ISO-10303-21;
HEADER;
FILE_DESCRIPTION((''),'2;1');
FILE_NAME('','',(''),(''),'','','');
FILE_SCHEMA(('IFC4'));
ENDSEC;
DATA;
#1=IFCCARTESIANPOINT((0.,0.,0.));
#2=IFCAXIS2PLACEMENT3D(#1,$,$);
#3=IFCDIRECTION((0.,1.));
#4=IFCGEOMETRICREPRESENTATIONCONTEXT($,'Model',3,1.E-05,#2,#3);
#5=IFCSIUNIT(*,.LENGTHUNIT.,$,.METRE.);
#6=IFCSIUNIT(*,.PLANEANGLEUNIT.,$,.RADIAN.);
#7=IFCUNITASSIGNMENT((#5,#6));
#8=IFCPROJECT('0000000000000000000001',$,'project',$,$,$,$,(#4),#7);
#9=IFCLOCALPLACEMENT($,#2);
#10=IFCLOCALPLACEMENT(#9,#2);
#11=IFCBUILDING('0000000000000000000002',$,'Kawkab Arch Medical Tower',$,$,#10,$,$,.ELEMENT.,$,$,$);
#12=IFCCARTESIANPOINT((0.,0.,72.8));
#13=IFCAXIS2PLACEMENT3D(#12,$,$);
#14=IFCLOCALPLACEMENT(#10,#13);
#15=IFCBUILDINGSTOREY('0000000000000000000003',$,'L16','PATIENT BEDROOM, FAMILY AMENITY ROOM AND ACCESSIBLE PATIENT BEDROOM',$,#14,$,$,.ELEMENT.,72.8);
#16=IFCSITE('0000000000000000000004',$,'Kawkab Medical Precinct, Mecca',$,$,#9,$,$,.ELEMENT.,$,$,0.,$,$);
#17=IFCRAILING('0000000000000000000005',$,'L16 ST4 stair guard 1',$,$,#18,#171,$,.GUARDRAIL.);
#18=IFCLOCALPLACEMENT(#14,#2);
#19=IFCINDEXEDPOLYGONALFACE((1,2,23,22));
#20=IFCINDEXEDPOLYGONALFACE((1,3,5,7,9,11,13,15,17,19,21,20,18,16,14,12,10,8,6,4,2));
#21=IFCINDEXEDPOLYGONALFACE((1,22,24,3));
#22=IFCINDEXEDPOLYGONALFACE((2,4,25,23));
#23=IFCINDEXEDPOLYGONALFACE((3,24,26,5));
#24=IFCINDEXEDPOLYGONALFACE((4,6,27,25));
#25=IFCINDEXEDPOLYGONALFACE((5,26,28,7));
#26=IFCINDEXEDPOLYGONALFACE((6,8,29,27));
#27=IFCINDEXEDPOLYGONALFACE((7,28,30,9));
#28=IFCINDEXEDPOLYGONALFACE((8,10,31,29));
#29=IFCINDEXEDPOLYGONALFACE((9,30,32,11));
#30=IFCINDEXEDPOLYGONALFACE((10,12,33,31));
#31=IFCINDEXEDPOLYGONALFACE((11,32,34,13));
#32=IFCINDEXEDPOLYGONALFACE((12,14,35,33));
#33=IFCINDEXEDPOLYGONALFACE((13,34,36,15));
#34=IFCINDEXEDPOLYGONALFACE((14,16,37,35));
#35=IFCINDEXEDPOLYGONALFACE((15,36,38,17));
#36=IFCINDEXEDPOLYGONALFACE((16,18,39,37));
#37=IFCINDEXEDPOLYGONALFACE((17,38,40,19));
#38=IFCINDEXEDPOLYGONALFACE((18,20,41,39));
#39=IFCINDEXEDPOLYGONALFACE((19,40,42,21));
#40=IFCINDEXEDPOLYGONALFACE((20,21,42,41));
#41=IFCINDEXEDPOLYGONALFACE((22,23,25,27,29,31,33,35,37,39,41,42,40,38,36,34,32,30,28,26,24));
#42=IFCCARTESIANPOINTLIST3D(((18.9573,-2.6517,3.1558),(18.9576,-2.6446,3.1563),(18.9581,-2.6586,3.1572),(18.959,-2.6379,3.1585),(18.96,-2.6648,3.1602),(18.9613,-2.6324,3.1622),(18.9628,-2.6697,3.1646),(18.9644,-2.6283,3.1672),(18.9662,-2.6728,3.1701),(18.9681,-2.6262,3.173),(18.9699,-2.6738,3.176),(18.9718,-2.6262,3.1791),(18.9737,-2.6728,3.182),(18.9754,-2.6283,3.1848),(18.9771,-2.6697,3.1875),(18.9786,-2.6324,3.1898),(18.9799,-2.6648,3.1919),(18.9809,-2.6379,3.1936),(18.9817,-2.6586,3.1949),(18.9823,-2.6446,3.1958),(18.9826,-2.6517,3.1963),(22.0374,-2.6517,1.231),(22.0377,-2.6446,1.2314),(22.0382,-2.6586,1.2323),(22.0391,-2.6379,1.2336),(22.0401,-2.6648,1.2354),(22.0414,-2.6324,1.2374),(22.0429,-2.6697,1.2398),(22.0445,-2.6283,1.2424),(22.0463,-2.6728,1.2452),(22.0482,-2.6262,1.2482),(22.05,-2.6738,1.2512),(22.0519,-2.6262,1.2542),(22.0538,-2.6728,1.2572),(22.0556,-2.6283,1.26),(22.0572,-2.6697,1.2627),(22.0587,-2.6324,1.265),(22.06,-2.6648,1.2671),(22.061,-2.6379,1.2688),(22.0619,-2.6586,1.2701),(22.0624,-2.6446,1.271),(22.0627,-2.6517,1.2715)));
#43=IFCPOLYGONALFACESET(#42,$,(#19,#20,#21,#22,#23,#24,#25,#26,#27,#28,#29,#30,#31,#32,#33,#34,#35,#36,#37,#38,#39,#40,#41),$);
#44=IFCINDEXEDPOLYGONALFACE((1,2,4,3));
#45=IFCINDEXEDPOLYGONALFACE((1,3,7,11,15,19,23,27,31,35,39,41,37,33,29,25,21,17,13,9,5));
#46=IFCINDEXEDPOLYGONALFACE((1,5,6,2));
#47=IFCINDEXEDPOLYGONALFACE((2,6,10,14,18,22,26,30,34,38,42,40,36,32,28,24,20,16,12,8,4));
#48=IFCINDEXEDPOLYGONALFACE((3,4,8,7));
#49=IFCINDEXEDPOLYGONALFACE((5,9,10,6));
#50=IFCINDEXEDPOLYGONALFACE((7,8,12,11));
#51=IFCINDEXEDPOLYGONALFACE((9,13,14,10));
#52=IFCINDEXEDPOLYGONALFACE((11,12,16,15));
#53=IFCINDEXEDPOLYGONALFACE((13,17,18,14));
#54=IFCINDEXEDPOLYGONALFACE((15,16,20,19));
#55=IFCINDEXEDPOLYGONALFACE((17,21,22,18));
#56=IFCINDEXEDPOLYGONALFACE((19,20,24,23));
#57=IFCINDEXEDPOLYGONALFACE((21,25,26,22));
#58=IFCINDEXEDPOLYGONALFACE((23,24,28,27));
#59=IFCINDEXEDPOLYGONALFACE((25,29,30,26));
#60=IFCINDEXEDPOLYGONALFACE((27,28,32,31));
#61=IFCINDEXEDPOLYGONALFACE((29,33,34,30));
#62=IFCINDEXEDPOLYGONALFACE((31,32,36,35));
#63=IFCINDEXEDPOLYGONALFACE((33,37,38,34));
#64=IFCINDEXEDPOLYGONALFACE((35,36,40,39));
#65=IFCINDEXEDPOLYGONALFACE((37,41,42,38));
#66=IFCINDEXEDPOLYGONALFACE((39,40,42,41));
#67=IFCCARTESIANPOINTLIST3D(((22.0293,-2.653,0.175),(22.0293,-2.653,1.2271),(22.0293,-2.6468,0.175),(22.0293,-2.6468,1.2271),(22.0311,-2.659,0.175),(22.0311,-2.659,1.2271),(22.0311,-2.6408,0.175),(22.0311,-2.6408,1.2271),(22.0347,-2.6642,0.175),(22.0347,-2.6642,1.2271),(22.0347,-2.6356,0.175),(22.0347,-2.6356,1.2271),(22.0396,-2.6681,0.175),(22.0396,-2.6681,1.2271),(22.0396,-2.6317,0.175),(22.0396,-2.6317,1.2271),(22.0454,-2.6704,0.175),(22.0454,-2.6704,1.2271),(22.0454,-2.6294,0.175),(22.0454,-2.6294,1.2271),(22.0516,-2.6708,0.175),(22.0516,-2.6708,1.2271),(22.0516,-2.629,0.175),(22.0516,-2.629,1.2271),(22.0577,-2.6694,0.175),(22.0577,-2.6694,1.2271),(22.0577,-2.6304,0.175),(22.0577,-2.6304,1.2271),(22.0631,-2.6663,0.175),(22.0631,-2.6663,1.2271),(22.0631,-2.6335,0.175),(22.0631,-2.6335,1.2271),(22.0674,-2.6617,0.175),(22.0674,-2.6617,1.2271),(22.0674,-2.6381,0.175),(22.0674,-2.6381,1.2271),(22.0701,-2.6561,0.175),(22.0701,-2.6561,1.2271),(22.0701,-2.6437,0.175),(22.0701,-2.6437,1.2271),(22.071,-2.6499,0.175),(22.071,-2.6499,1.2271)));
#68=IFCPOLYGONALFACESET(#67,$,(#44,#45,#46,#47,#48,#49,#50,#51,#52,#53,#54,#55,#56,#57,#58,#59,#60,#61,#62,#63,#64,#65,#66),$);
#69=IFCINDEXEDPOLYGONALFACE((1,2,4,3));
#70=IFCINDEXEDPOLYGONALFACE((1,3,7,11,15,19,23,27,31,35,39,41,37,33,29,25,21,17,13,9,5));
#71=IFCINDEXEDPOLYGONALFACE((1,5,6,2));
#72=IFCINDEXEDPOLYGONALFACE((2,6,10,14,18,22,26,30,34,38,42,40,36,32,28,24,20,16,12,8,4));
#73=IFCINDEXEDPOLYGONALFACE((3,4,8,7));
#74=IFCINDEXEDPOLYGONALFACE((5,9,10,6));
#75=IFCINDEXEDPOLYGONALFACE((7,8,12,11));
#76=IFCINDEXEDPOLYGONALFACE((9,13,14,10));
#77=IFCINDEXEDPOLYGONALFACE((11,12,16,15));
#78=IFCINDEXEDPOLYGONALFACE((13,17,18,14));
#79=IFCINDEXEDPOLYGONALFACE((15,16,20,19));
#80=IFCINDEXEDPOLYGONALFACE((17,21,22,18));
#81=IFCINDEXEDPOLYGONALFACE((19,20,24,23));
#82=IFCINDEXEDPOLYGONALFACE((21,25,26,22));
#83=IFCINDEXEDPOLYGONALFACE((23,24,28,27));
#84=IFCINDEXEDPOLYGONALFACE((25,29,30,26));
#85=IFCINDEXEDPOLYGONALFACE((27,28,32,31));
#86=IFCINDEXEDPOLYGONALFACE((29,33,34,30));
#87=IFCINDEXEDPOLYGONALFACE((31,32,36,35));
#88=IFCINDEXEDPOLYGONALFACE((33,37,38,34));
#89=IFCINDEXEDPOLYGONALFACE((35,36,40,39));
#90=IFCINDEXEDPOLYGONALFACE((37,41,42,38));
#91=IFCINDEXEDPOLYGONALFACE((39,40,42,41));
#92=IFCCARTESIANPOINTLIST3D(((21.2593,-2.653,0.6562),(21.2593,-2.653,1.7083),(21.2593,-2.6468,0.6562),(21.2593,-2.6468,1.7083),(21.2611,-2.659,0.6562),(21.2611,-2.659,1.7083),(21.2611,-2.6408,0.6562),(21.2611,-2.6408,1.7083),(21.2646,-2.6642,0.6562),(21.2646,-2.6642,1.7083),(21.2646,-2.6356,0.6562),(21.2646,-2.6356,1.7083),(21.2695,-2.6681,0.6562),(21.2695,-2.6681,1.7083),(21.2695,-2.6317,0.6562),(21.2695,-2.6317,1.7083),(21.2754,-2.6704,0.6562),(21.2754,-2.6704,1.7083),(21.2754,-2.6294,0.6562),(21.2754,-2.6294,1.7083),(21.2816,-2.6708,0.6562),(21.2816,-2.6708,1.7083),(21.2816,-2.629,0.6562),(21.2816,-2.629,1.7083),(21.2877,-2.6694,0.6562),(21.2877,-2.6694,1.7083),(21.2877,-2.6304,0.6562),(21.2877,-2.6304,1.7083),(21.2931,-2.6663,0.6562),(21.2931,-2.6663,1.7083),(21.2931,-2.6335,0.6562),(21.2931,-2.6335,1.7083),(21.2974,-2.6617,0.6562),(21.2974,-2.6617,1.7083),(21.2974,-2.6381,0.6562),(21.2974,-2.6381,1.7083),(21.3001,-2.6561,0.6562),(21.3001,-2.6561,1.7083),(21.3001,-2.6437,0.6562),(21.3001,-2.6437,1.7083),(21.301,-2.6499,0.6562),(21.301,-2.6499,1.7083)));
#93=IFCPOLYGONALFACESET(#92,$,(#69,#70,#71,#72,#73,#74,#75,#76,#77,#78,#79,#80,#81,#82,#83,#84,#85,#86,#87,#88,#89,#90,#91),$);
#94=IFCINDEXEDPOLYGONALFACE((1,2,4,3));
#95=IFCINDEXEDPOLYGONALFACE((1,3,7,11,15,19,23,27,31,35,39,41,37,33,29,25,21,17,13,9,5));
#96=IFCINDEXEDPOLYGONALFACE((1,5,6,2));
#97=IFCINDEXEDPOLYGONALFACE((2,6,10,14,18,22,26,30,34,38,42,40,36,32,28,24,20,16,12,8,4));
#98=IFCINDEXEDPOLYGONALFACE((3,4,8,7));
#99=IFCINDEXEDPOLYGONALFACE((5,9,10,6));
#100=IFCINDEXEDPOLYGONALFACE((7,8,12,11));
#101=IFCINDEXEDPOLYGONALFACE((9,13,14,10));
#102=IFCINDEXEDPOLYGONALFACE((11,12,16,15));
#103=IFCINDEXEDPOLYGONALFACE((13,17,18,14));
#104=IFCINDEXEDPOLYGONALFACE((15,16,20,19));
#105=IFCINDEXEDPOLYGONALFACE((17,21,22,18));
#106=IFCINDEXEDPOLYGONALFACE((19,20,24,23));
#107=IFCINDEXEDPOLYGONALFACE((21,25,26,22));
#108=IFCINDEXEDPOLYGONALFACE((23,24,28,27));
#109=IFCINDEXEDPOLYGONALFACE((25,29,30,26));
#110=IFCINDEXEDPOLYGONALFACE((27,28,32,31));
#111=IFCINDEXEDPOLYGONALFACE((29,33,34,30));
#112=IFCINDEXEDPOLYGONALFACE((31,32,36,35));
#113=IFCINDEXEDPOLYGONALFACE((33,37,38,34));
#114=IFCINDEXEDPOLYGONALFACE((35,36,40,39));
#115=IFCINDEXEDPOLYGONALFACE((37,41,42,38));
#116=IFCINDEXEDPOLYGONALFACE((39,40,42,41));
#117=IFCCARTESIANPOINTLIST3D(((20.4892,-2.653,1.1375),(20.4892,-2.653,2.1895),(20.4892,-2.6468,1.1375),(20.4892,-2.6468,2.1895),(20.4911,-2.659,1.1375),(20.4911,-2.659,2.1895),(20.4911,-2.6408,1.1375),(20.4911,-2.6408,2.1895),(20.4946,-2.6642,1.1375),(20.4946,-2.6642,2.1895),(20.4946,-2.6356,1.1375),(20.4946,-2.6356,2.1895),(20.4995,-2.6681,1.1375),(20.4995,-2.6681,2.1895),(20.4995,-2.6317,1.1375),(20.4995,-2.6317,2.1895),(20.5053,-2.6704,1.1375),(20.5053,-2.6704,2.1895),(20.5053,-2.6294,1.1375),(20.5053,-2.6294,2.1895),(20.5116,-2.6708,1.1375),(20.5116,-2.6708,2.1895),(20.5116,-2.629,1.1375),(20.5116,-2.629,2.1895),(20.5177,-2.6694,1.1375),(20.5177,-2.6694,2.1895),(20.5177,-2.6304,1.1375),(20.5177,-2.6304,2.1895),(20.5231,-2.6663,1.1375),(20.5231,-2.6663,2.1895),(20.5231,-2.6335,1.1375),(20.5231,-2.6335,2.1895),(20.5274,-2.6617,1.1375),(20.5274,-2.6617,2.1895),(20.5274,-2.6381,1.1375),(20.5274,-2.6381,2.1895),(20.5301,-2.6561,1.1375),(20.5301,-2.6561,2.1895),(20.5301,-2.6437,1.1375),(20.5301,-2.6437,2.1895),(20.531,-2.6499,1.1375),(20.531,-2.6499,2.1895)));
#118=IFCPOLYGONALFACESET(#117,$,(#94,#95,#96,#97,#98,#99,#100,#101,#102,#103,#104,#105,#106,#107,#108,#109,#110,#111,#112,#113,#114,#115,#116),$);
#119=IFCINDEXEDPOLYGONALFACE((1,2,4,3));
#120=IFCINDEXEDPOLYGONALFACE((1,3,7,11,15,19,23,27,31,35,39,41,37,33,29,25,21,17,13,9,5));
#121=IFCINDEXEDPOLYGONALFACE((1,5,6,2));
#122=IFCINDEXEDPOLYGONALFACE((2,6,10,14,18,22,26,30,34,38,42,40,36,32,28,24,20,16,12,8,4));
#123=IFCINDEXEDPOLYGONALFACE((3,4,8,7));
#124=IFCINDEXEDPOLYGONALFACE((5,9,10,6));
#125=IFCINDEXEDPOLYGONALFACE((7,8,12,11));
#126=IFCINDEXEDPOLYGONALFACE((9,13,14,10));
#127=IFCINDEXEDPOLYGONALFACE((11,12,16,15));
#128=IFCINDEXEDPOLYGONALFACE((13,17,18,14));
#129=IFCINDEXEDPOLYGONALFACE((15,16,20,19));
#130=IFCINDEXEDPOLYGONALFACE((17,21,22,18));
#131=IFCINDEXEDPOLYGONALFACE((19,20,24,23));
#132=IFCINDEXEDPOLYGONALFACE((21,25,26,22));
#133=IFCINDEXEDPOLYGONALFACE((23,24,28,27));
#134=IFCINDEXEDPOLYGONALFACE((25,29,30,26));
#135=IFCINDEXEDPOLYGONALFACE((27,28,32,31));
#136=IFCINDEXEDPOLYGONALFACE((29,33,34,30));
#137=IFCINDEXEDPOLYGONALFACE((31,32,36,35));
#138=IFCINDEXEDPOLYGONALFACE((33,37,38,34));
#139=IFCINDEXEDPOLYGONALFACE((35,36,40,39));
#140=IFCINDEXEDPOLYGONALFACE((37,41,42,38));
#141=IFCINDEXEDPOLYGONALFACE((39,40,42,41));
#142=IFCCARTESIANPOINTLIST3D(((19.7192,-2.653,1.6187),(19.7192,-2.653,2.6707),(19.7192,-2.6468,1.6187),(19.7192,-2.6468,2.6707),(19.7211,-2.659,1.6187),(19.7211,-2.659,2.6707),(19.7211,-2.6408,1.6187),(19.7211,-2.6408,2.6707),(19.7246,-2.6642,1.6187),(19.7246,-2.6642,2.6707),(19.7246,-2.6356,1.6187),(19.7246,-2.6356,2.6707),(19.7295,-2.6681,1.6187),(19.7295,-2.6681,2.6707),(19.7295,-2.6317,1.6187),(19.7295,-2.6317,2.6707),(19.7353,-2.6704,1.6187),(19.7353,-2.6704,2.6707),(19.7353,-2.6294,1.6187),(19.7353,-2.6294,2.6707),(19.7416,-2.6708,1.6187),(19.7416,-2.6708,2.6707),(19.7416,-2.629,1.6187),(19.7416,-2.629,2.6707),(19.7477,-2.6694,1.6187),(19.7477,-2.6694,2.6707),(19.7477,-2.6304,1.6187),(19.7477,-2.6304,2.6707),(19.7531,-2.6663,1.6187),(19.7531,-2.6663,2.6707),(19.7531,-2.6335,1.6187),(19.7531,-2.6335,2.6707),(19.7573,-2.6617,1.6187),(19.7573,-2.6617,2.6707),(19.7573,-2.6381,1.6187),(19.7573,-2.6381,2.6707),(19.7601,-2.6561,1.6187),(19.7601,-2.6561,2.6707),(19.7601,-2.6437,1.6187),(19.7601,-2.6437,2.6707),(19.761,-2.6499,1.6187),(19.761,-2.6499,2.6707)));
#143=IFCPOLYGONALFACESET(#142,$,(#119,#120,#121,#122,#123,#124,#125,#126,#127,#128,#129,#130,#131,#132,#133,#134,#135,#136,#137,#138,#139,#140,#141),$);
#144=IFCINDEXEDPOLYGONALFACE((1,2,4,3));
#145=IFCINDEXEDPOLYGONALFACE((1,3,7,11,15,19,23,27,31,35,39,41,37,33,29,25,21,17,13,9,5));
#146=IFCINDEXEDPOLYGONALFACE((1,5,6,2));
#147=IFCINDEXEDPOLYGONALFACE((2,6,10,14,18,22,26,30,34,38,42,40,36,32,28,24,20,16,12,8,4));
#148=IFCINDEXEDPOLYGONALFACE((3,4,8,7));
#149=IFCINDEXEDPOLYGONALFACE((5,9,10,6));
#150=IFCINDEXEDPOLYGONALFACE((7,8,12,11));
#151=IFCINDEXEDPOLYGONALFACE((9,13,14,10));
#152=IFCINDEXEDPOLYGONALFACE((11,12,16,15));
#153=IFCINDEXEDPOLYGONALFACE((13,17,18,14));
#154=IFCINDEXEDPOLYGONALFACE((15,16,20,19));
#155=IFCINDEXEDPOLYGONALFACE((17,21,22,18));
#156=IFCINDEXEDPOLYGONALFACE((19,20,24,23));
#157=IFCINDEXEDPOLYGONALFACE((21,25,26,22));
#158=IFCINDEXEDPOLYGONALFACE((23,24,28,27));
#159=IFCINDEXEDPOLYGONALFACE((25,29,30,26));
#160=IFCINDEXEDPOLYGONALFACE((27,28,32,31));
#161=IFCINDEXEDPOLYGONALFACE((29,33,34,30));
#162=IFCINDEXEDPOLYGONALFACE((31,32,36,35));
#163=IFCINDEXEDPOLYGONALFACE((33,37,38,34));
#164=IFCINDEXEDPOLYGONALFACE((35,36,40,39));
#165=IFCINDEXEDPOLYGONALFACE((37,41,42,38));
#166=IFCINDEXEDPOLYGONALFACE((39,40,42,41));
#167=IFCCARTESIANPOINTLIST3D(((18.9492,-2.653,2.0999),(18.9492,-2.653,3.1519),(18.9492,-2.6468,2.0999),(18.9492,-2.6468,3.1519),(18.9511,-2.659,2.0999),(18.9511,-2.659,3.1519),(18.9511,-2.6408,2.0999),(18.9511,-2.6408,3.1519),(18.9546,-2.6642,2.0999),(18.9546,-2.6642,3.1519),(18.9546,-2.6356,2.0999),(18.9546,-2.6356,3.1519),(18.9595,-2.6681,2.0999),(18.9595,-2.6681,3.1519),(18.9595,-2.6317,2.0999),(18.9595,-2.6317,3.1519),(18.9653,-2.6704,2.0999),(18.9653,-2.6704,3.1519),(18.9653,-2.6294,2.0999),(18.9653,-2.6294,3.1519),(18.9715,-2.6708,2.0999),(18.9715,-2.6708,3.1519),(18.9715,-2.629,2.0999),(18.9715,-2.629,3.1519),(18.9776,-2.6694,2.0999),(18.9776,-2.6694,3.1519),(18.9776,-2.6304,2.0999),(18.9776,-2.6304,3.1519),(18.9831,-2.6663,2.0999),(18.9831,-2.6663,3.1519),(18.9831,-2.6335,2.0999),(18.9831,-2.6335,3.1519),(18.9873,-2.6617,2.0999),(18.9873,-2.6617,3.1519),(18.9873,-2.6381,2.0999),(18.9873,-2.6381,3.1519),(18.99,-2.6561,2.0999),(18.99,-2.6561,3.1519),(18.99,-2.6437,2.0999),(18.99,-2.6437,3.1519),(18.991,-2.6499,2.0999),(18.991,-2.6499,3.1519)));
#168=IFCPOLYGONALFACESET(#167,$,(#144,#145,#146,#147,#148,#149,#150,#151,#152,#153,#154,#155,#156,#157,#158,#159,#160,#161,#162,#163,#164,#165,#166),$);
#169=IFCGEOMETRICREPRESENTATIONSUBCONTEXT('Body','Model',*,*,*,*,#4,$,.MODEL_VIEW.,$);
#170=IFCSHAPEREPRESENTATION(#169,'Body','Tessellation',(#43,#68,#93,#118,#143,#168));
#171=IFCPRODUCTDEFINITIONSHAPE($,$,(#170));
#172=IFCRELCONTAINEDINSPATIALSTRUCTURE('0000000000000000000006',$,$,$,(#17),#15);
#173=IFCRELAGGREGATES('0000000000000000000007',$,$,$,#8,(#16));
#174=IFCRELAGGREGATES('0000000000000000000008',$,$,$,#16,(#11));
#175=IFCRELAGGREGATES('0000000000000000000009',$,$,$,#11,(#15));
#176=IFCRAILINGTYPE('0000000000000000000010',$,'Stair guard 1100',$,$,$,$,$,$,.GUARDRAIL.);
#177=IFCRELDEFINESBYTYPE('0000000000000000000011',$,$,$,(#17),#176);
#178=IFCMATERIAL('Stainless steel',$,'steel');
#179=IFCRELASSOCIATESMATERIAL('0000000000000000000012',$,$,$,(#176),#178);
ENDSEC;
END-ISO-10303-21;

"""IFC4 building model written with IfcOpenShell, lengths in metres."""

from ifc_helpers import new_model, si_unit, direction, frame, origin, origin_2d, place, context, subcontext, project, spatial, circle, extrude, material, type_object, element, save


model = new_model("IFC4")

# Units and contexts
model_context = context("Model", 3, precision=1e-05, world=origin(), true_north=direction((0.0, 1.0)))
body_context = subcontext(model_context, "Body", "Model", "MODEL_VIEW")
ifc_project = project(units=[si_unit("LENGTHUNIT", "METRE"), si_unit("PLANEANGLEUNIT", "RADIAN")], contexts=[model_context])

# Site, building, storey
site_placement = place(None, origin())
site = spatial("IfcSite", under=ifc_project, at=site_placement, Name="Kawkab Medical Precinct, Mecca", CompositionType="ELEMENT", RefElevation=0.0)
building_placement = place(site_placement, origin())
building = spatial("IfcBuilding", under=site, at=building_placement, Name="Kawkab Arch Medical Tower", CompositionType="ELEMENT")
storey_placement = place(building_placement, frame((0.0, 0.0, 72.8)))
storey = spatial("IfcBuildingStorey", under=building, at=storey_placement, Name="L16", Description="PATIENT BEDROOM, FAMILY AMENITY ROOM AND ACCESSIBLE PATIENT BEDROOM", CompositionType="ELEMENT", Elevation=72.8)

# Railing
ifc_material_1 = material(Name="Stainless steel", Category="steel")
railing_type_1 = type_object("IfcRailingType", Name="Stair guard 1100", PredefinedType="GUARDRAIL", material=ifc_material_1)
railing_1_placement = place(storey_placement, frame((22.05, -2.6499, 0.175)))
element("IfcRailing", 1, at=railing_1_placement, inside=storey, type_object=railing_type_1, Name="L16 ST4 stair guard 1", PredefinedType="GUARDRAIL", context=body_context, shape_type="SweptSolid", body=[
    extrude(circle(Radius=0.0239, at=origin_2d()), frame((0.0, 0.0, 1.0762), z_axis=(-0.848029, 0.0, 0.529951), x_axis=(0.0, -1.0, 0.0)), (0.0, 0.0, 1.0), 3.6321),
    extrude(circle(Radius=0.021, at=origin_2d()), origin(), (0.0, 0.0, 1.0), 1.052),
    extrude(circle(Radius=0.021, at=origin_2d()), frame((-0.77, 0.0, 0.4812)), (0.0, 0.0, 1.0), 1.052),
    extrude(circle(Radius=0.021, at=origin_2d()), frame((-1.54, 0.0, 0.9624)), (0.0, 0.0, 1.0), 1.052),
    extrude(circle(Radius=0.021, at=origin_2d()), frame((-2.3101, 0.0, 1.4436)), (0.0, 0.0, 1.0), 1.052),
    extrude(circle(Radius=0.021, at=origin_2d()), frame((-3.0801, 0.0, 1.9248)), (0.0, 0.0, 1.0), 1.052),
])

save(model, "model.ifc")
